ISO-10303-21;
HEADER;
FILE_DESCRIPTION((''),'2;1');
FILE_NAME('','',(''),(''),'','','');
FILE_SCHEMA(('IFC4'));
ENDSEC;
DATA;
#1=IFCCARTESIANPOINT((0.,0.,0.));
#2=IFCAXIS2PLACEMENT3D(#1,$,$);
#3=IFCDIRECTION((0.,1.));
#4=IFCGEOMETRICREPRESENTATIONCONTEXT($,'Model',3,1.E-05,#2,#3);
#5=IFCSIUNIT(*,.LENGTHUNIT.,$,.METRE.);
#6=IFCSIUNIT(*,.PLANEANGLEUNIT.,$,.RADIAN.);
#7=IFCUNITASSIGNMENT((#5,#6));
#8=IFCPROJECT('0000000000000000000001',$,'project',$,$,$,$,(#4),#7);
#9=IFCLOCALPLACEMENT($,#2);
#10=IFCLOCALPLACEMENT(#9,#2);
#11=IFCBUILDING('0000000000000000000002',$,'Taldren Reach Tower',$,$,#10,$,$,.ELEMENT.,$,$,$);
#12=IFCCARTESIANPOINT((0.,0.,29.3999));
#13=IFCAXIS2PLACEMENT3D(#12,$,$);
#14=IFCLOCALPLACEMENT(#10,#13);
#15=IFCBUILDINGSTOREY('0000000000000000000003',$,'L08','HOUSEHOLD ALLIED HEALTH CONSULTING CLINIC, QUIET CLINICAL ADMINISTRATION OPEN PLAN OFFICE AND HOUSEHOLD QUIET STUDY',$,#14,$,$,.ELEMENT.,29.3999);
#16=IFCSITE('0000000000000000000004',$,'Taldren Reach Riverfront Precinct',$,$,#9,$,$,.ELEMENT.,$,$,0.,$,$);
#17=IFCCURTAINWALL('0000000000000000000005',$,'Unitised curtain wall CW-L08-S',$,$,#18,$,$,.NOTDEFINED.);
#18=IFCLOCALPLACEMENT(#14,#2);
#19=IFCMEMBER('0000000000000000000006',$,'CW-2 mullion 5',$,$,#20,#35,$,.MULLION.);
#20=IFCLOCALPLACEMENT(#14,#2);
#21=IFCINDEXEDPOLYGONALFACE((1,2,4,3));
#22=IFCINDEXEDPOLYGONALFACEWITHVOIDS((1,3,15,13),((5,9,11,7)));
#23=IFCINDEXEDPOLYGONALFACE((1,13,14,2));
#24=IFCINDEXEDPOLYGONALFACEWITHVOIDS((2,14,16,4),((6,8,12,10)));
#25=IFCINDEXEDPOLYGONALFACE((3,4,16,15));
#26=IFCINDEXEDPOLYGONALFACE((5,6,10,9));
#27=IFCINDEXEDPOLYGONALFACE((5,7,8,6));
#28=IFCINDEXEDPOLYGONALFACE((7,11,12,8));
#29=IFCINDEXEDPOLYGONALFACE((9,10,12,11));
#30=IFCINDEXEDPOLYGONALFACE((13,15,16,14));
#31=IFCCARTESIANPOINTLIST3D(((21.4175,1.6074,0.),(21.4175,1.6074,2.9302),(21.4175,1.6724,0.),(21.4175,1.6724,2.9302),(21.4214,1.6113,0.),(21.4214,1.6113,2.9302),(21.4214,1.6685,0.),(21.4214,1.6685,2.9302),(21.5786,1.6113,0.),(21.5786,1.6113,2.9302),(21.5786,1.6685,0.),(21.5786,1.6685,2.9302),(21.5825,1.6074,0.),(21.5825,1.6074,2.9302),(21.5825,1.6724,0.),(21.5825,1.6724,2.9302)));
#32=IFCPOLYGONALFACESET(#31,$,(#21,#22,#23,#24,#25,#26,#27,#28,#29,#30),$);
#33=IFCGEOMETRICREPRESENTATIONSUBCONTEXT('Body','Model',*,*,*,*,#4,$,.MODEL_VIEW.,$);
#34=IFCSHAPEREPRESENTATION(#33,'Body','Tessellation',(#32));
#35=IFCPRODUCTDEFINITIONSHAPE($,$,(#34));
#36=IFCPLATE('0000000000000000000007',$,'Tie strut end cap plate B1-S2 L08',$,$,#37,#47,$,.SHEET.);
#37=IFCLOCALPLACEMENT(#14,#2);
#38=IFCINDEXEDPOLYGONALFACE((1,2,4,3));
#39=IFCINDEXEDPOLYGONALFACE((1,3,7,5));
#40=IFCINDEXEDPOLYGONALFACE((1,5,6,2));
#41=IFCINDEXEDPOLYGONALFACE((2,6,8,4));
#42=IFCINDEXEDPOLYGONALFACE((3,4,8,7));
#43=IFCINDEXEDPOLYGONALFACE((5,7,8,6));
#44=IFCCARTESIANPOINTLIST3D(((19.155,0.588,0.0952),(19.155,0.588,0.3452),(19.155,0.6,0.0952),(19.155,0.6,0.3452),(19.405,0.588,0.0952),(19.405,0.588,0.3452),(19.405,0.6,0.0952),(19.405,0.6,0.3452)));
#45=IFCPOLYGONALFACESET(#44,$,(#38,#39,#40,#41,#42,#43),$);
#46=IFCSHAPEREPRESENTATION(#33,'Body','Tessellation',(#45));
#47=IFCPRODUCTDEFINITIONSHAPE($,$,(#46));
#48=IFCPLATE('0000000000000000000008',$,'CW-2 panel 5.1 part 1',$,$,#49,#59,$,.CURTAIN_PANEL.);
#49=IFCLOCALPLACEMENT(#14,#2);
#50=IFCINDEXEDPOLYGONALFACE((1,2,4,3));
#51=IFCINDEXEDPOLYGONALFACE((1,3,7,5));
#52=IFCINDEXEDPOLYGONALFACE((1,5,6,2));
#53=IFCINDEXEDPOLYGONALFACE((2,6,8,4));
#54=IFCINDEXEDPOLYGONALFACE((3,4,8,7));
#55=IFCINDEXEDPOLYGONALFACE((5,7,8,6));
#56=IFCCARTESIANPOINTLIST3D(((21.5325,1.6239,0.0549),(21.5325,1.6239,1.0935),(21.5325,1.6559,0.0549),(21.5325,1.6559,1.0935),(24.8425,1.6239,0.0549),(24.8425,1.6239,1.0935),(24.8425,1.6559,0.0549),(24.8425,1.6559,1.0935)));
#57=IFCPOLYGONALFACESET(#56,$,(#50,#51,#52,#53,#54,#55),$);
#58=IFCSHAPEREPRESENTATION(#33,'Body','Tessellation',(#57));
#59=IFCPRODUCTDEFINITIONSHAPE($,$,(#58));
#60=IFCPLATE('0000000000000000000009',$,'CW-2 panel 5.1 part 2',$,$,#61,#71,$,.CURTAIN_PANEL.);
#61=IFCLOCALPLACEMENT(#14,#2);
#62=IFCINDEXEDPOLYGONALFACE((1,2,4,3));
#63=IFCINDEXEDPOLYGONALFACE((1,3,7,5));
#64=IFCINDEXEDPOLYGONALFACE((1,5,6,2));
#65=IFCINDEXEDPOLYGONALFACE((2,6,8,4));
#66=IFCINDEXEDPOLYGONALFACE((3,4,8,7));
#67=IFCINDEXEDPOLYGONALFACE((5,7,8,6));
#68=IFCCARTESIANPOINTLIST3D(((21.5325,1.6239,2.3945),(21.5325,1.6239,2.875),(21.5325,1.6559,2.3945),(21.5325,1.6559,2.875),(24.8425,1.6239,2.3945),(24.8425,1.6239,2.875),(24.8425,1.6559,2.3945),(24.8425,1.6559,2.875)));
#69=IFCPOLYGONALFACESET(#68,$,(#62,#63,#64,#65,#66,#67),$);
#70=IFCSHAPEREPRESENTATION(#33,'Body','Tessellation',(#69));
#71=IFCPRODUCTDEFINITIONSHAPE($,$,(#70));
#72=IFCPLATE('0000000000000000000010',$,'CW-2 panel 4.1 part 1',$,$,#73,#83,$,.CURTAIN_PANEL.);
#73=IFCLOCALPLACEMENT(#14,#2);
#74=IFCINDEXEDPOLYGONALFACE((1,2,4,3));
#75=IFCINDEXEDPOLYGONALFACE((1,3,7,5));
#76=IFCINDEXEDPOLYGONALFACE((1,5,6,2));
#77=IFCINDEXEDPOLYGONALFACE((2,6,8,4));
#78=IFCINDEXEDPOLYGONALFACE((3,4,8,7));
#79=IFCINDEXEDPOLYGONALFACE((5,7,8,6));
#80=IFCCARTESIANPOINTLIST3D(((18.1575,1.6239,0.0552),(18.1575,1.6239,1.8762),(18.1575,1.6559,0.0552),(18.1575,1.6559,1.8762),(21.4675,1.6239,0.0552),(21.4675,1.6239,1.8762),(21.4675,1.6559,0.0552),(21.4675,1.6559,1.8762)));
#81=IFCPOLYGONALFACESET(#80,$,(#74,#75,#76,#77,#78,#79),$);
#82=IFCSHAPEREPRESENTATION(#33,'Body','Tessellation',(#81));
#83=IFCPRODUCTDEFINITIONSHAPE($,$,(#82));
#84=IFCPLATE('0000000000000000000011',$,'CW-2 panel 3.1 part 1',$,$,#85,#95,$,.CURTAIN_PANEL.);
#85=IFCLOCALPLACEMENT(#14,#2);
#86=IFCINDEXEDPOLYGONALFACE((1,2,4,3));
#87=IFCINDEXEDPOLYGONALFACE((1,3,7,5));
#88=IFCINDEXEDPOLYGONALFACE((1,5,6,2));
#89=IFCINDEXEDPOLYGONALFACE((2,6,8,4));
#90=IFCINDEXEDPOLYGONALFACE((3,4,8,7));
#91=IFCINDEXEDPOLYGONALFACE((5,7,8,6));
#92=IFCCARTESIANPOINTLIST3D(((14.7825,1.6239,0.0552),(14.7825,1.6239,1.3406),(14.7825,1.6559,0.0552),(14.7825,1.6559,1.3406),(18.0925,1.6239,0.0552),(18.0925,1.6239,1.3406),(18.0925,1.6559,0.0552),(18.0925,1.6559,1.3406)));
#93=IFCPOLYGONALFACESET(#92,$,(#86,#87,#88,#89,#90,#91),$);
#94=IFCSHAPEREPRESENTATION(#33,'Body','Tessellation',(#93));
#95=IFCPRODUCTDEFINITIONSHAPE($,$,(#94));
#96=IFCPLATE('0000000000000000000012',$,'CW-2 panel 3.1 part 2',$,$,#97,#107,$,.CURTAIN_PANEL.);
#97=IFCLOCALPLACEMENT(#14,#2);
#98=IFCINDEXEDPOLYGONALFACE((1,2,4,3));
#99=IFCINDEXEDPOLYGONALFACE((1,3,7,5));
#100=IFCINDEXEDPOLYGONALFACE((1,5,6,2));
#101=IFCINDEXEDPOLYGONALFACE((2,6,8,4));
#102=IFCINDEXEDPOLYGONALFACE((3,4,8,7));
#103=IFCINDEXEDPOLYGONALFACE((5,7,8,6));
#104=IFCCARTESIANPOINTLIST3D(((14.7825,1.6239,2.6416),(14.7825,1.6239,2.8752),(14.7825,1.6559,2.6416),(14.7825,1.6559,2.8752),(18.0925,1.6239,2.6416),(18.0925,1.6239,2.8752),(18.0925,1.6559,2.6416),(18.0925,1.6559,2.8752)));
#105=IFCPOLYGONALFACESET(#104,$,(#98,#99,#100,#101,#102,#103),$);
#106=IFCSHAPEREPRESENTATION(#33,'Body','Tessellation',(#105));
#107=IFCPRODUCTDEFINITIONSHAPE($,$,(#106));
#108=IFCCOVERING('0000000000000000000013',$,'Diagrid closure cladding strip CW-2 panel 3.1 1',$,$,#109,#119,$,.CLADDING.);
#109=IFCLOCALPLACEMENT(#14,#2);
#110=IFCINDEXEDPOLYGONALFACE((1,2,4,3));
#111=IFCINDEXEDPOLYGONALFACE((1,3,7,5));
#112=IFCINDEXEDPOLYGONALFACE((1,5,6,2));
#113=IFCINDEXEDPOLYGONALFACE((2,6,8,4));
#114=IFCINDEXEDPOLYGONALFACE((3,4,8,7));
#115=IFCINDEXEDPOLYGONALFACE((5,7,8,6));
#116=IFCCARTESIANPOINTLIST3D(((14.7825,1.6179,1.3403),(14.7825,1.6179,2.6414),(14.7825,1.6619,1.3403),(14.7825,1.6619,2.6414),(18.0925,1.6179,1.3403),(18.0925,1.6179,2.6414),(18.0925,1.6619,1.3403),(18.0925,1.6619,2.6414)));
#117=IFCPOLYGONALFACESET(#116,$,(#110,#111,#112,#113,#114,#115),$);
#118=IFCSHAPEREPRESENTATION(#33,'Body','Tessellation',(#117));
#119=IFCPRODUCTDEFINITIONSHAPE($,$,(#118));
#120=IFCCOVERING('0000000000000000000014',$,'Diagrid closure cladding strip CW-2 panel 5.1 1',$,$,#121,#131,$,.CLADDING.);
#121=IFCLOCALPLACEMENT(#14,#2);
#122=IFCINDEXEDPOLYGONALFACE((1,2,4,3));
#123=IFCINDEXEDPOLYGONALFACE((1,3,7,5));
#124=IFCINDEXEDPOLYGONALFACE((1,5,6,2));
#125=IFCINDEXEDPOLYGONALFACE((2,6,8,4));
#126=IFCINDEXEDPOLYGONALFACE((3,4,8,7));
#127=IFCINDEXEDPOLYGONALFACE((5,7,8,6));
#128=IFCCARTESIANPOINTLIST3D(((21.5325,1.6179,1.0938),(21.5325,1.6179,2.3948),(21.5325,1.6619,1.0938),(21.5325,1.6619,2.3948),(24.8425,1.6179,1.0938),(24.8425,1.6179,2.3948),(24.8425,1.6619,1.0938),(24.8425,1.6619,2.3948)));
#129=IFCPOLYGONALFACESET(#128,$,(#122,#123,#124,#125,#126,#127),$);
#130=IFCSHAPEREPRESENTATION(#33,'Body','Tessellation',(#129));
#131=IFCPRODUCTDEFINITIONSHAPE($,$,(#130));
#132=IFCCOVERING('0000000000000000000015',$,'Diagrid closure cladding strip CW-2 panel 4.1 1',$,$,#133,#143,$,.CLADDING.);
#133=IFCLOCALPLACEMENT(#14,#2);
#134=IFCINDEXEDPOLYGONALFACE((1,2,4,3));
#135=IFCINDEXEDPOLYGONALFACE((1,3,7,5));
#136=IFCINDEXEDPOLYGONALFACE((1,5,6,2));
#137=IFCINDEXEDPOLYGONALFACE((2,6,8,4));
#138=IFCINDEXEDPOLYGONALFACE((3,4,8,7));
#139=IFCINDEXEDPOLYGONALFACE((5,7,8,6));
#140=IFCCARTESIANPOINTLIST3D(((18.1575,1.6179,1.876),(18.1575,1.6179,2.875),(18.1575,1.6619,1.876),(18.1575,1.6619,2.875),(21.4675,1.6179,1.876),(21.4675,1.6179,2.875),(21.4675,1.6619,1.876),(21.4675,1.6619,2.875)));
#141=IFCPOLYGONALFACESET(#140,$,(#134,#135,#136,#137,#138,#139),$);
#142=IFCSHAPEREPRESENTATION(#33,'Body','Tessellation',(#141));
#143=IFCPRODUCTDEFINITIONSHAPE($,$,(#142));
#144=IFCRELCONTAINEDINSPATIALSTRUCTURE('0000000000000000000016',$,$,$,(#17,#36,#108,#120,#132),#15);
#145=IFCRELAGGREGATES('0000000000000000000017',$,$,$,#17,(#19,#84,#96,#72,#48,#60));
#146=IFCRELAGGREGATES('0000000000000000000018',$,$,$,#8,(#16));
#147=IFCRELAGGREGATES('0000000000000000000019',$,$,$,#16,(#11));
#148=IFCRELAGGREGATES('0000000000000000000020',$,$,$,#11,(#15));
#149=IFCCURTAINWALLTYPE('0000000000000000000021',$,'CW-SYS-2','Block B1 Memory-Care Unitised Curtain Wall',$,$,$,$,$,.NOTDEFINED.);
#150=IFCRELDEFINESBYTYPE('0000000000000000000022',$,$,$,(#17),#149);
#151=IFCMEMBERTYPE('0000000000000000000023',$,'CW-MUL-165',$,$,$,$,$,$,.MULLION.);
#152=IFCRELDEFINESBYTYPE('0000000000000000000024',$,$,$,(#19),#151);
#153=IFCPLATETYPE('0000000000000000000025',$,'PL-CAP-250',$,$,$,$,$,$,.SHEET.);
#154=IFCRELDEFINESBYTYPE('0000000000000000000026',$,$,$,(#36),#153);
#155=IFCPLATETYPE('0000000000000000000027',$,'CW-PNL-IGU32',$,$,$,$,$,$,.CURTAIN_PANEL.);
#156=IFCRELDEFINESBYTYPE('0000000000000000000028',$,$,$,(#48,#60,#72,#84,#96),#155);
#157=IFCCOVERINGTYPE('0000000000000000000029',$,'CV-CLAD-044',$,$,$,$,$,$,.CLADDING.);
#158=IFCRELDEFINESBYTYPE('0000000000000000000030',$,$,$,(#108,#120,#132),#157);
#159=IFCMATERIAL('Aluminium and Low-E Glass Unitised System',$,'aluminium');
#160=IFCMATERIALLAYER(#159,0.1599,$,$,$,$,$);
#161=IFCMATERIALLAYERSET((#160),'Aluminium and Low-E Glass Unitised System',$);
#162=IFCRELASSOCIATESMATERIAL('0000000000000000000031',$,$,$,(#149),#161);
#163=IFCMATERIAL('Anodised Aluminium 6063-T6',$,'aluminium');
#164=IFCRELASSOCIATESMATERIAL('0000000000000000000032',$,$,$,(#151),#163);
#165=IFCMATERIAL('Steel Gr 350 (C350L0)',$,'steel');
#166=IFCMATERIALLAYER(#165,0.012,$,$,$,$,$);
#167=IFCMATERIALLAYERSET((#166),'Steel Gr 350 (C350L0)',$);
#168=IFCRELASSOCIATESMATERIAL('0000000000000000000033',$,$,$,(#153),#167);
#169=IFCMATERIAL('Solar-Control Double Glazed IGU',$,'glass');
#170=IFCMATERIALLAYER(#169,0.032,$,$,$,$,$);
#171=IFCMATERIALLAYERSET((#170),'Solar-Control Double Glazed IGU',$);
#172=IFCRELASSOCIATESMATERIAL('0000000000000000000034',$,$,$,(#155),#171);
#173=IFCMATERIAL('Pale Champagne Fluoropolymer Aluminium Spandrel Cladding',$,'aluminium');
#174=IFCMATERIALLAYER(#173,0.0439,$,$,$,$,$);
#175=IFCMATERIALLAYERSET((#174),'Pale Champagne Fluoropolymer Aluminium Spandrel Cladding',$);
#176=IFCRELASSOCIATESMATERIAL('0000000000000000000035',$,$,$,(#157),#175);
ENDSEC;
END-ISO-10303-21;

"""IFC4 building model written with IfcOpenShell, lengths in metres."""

from ifc_helpers import new_model, si_unit, direction, frame, origin, origin_2d, place, context, subcontext, project, spatial, rectangle, hollow_rectangle, extrude, source, transform, mapped, material, layer, layer_set, material_profile, profile_set, type_object, element, aggregate, save


model = new_model("IFC4")

# Units and contexts
model_context = context("Model", 3, precision=1e-05, world=origin(), true_north=direction((0.0, 1.0)))
body_context = subcontext(model_context, "Body", "Model", "MODEL_VIEW")
ifc_project = project(units=[si_unit("LENGTHUNIT", "METRE"), si_unit("PLANEANGLEUNIT", "RADIAN")], contexts=[model_context])

# Site, building, storey
site_placement = place(None, origin())
site = spatial("IfcSite", under=ifc_project, at=site_placement, Name="Taldren Reach Riverfront Precinct", CompositionType="ELEMENT", RefElevation=0.0)
building_placement = place(site_placement, origin())
building = spatial("IfcBuilding", under=site, at=building_placement, Name="Taldren Reach Tower", CompositionType="ELEMENT")
storey_placement = place(building_placement, frame((0.0, 0.0, 29.3999)))
storey = spatial("IfcBuildingStorey", under=building, at=storey_placement, Name="L08", Description="HOUSEHOLD ALLIED HEALTH CONSULTING CLINIC, QUIET CLINICAL ADMINISTRATION OPEN PLAN OFFICE AND HOUSEHOLD QUIET STUDY", CompositionType="ELEMENT", Elevation=29.3999)

# Shared definitions
ifc_material_1 = material(Name="Steel Gr 350 (C350L0)", Category="steel")

# Curtain wall, member
ifc_material_2 = material(Name="Aluminium and Low-E Glass Unitised System", Category="aluminium")
ifc_layer_1 = layer(ifc_material_2, 0.1599)
ifc_layer_set_1 = layer_set([ifc_layer_1], Name="Aluminium and Low-E Glass Unitised System")
curtain_wall_type = type_object("IfcCurtainWallType", Name="CW-SYS-2", Description="Block B1 Memory-Care Unitised Curtain Wall", PredefinedType="NOTDEFINED", material=ifc_layer_set_1)
curtain_wall_placement = place(storey_placement, origin())
curtain_wall = element("IfcCurtainWall", 1, at=curtain_wall_placement, inside=storey, type_object=curtain_wall_type, Name="Unitised curtain wall CW-L08-S", PredefinedType="NOTDEFINED")
ifc_material_3 = material(Name="Anodised Aluminium 6063-T6", Category="aluminium")
ifc_material_profile_1 = material_profile(ifc_material_3, hollow_rectangle(XDim=0.0649, YDim=0.165, WallThickness=0.0039, at=origin_2d()), Name="ALU-165x65x4RHS")
ifc_profile_set_1 = profile_set([ifc_material_profile_1], Name="Anodised Aluminium 6063-T6")
member_type_1 = type_object("IfcMemberType", Name="CW-MUL-165", PredefinedType="MULLION", material=ifc_profile_set_1)
shared_shape_1 = source(origin(), body_context, "Body", "SweptSolid", [
    extrude(hollow_rectangle(XDim=0.0649, YDim=0.165, WallThickness=0.0039, at=origin_2d()), origin(), (0.0, 0.0, 1.0), 2.9302),
])
member_1_placement = place(storey_placement, frame((21.5, 1.6399, 0.0), z_axis=(0.0, 0.0, 1.0), x_axis=(0.0, 1.0, 0.0)))
member_1 = element("IfcMember", 2, at=member_1_placement, type_object=member_type_1, Name="CW-2 mullion 5", PredefinedType="MULLION", context=body_context, shape_type="MappedRepresentation", body=[
    mapped(shared_shape_1, transform((0.0, 0.0, 0.0), scale=1.0)),
])

# Plates
ifc_layer_2 = layer(ifc_material_1, 0.012)
ifc_layer_set_2 = layer_set([ifc_layer_2], Name="Steel Gr 350 (C350L0)")
plate_type_1 = type_object("IfcPlateType", Name="PL-CAP-250", PredefinedType="SHEET", material=ifc_layer_set_2)
shared_shape_2 = source(origin(), body_context, "Body", "SweptSolid", [
    extrude(rectangle(XDim=0.25, YDim=0.012, at=origin_2d()), origin(), (0.0, 0.0, 1.0), 0.25),
])
plate_1_placement = place(storey_placement, frame((19.28, 0.594, 0.0952), z_axis=(0.0, 0.0, 1.0), x_axis=(1.0, 0.0, 0.0)))
element("IfcPlate", 3, at=plate_1_placement, inside=storey, type_object=plate_type_1, Name="Tie strut end cap plate B1-S2 L08", PredefinedType="SHEET", context=body_context, shape_type="MappedRepresentation", body=[
    mapped(shared_shape_2, transform((0.0, 0.0, 0.0), scale=1.0)),
])
ifc_material_4 = material(Name="Solar-Control Double Glazed IGU", Category="glass")
ifc_layer_3 = layer(ifc_material_4, 0.032)
ifc_layer_set_3 = layer_set([ifc_layer_3], Name="Solar-Control Double Glazed IGU")
plate_type_2 = type_object("IfcPlateType", Name="CW-PNL-IGU32", PredefinedType="CURTAIN_PANEL", material=ifc_layer_set_3)
shared_shape_3 = source(origin(), body_context, "Body", "SweptSolid", [
    extrude(rectangle(XDim=3.3101, YDim=0.032, at=origin_2d()), origin(), (0.0, 0.0, 1.0), 1.0386),
])
plate_2_placement = place(storey_placement, frame((23.1875, 1.6399, 0.0549), z_axis=(0.0, 0.0, 1.0), x_axis=(1.0, 0.0, 0.0)))
plate_2 = element("IfcPlate", 4, at=plate_2_placement, type_object=plate_type_2, Name="CW-2 panel 5.1 part 1", PredefinedType="CURTAIN_PANEL", context=body_context, shape_type="MappedRepresentation", body=[
    mapped(shared_shape_3, transform((0.0, 0.0, 0.0), scale=1.0)),
])
shared_shape_4 = source(origin(), body_context, "Body", "SweptSolid", [
    extrude(rectangle(XDim=3.3101, YDim=0.032, at=origin_2d()), origin(), (0.0, 0.0, 1.0), 0.4805),
])
plate_3_placement = place(storey_placement, frame((23.1875, 1.6399, 2.3945), z_axis=(0.0, 0.0, 1.0), x_axis=(1.0, 0.0, 0.0)))
plate_3 = element("IfcPlate", 5, at=plate_3_placement, type_object=plate_type_2, Name="CW-2 panel 5.1 part 2", PredefinedType="CURTAIN_PANEL", context=body_context, shape_type="MappedRepresentation", body=[
    mapped(shared_shape_4, transform((0.0, 0.0, 0.0), scale=1.0)),
])
shared_shape_5 = source(origin(), body_context, "Body", "SweptSolid", [
    extrude(rectangle(XDim=3.3101, YDim=0.032, at=origin_2d()), origin(), (0.0, 0.0, 1.0), 1.821),
])
plate_4_placement = place(storey_placement, frame((19.8125, 1.6399, 0.0552), z_axis=(0.0, 0.0, 1.0), x_axis=(1.0, 0.0, 0.0)))
plate_4 = element("IfcPlate", 6, at=plate_4_placement, type_object=plate_type_2, Name="CW-2 panel 4.1 part 1", PredefinedType="CURTAIN_PANEL", context=body_context, shape_type="MappedRepresentation", body=[
    mapped(shared_shape_5, transform((0.0, 0.0, 0.0), scale=1.0)),
])
shared_shape_6 = source(origin(), body_context, "Body", "SweptSolid", [
    extrude(rectangle(XDim=3.3101, YDim=0.032, at=origin_2d()), origin(), (0.0, 0.0, 1.0), 1.2854),
])
plate_5_placement = place(storey_placement, frame((16.4375, 1.6399, 0.0552), z_axis=(0.0, 0.0, 1.0), x_axis=(1.0, 0.0, 0.0)))
plate_5 = element("IfcPlate", 7, at=plate_5_placement, type_object=plate_type_2, Name="CW-2 panel 3.1 part 1", PredefinedType="CURTAIN_PANEL", context=body_context, shape_type="MappedRepresentation", body=[
    mapped(shared_shape_6, transform((0.0, 0.0, 0.0), scale=1.0)),
])
shared_shape_7 = source(origin(), body_context, "Body", "SweptSolid", [
    extrude(rectangle(XDim=3.3101, YDim=0.032, at=origin_2d()), origin(), (0.0, 0.0, 1.0), 0.2336),
])
plate_6_placement = place(storey_placement, frame((16.4375, 1.6399, 2.6416), z_axis=(0.0, 0.0, 1.0), x_axis=(1.0, 0.0, 0.0)))
plate_6 = element("IfcPlate", 8, at=plate_6_placement, type_object=plate_type_2, Name="CW-2 panel 3.1 part 2", PredefinedType="CURTAIN_PANEL", context=body_context, shape_type="MappedRepresentation", body=[
    mapped(shared_shape_7, transform((0.0, 0.0, 0.0), scale=1.0)),
])
aggregate(curtain_wall, [member_1, plate_5, plate_6, plate_4, plate_2, plate_3])

# Coverings
ifc_material_5 = material(Name="Pale Champagne Fluoropolymer Aluminium Spandrel Cladding", Category="aluminium")
ifc_layer_4 = layer(ifc_material_5, 0.0439)
ifc_layer_set_4 = layer_set([ifc_layer_4], Name="Pale Champagne Fluoropolymer Aluminium Spandrel Cladding")
covering_type = type_object("IfcCoveringType", Name="CV-CLAD-044", PredefinedType="CLADDING", material=ifc_layer_set_4)
shared_shape_8 = source(origin(), body_context, "Body", "SweptSolid", [
    extrude(rectangle(XDim=3.3101, YDim=0.0439, at=origin_2d()), origin(), (0.0, 0.0, 1.0), 1.301),
])
for number, where, z_axis, x_axis, name in (
    (9, (16.4375, 1.6399, 1.3403), (0.0, 0.0, 1.0), (1.0, 0.0, 0.0), "Diagrid closure cladding strip CW-2 panel 3.1 1"),
    (10, (23.1875, 1.6399, 1.0938), (0.0, 0.0, 1.0), (1.0, 0.0, 0.0), "Diagrid closure cladding strip CW-2 panel 5.1 1"),
):
    element("IfcCovering", number, at=place(storey_placement, frame(where, z_axis=z_axis, x_axis=x_axis)), inside=storey, type_object=covering_type, Name=name, PredefinedType="CLADDING", context=body_context, shape_type="MappedRepresentation", body=[
        mapped(shared_shape_8, transform((0.0, 0.0, 0.0), scale=1.0)),
    ])
shared_shape_9 = source(origin(), body_context, "Body", "SweptSolid", [
    extrude(rectangle(XDim=3.3101, YDim=0.0439, at=origin_2d()), origin(), (0.0, 0.0, 1.0), 0.999),
])
covering_placement = place(storey_placement, frame((19.8125, 1.6399, 1.876), z_axis=(0.0, 0.0, 1.0), x_axis=(1.0, 0.0, 0.0)))
element("IfcCovering", 11, at=covering_placement, inside=storey, type_object=covering_type, Name="Diagrid closure cladding strip CW-2 panel 4.1 1", PredefinedType="CLADDING", context=body_context, shape_type="MappedRepresentation", body=[
    mapped(shared_shape_9, transform((0.0, 0.0, 0.0), scale=1.0)),
])

save(model, "model.ifc")
